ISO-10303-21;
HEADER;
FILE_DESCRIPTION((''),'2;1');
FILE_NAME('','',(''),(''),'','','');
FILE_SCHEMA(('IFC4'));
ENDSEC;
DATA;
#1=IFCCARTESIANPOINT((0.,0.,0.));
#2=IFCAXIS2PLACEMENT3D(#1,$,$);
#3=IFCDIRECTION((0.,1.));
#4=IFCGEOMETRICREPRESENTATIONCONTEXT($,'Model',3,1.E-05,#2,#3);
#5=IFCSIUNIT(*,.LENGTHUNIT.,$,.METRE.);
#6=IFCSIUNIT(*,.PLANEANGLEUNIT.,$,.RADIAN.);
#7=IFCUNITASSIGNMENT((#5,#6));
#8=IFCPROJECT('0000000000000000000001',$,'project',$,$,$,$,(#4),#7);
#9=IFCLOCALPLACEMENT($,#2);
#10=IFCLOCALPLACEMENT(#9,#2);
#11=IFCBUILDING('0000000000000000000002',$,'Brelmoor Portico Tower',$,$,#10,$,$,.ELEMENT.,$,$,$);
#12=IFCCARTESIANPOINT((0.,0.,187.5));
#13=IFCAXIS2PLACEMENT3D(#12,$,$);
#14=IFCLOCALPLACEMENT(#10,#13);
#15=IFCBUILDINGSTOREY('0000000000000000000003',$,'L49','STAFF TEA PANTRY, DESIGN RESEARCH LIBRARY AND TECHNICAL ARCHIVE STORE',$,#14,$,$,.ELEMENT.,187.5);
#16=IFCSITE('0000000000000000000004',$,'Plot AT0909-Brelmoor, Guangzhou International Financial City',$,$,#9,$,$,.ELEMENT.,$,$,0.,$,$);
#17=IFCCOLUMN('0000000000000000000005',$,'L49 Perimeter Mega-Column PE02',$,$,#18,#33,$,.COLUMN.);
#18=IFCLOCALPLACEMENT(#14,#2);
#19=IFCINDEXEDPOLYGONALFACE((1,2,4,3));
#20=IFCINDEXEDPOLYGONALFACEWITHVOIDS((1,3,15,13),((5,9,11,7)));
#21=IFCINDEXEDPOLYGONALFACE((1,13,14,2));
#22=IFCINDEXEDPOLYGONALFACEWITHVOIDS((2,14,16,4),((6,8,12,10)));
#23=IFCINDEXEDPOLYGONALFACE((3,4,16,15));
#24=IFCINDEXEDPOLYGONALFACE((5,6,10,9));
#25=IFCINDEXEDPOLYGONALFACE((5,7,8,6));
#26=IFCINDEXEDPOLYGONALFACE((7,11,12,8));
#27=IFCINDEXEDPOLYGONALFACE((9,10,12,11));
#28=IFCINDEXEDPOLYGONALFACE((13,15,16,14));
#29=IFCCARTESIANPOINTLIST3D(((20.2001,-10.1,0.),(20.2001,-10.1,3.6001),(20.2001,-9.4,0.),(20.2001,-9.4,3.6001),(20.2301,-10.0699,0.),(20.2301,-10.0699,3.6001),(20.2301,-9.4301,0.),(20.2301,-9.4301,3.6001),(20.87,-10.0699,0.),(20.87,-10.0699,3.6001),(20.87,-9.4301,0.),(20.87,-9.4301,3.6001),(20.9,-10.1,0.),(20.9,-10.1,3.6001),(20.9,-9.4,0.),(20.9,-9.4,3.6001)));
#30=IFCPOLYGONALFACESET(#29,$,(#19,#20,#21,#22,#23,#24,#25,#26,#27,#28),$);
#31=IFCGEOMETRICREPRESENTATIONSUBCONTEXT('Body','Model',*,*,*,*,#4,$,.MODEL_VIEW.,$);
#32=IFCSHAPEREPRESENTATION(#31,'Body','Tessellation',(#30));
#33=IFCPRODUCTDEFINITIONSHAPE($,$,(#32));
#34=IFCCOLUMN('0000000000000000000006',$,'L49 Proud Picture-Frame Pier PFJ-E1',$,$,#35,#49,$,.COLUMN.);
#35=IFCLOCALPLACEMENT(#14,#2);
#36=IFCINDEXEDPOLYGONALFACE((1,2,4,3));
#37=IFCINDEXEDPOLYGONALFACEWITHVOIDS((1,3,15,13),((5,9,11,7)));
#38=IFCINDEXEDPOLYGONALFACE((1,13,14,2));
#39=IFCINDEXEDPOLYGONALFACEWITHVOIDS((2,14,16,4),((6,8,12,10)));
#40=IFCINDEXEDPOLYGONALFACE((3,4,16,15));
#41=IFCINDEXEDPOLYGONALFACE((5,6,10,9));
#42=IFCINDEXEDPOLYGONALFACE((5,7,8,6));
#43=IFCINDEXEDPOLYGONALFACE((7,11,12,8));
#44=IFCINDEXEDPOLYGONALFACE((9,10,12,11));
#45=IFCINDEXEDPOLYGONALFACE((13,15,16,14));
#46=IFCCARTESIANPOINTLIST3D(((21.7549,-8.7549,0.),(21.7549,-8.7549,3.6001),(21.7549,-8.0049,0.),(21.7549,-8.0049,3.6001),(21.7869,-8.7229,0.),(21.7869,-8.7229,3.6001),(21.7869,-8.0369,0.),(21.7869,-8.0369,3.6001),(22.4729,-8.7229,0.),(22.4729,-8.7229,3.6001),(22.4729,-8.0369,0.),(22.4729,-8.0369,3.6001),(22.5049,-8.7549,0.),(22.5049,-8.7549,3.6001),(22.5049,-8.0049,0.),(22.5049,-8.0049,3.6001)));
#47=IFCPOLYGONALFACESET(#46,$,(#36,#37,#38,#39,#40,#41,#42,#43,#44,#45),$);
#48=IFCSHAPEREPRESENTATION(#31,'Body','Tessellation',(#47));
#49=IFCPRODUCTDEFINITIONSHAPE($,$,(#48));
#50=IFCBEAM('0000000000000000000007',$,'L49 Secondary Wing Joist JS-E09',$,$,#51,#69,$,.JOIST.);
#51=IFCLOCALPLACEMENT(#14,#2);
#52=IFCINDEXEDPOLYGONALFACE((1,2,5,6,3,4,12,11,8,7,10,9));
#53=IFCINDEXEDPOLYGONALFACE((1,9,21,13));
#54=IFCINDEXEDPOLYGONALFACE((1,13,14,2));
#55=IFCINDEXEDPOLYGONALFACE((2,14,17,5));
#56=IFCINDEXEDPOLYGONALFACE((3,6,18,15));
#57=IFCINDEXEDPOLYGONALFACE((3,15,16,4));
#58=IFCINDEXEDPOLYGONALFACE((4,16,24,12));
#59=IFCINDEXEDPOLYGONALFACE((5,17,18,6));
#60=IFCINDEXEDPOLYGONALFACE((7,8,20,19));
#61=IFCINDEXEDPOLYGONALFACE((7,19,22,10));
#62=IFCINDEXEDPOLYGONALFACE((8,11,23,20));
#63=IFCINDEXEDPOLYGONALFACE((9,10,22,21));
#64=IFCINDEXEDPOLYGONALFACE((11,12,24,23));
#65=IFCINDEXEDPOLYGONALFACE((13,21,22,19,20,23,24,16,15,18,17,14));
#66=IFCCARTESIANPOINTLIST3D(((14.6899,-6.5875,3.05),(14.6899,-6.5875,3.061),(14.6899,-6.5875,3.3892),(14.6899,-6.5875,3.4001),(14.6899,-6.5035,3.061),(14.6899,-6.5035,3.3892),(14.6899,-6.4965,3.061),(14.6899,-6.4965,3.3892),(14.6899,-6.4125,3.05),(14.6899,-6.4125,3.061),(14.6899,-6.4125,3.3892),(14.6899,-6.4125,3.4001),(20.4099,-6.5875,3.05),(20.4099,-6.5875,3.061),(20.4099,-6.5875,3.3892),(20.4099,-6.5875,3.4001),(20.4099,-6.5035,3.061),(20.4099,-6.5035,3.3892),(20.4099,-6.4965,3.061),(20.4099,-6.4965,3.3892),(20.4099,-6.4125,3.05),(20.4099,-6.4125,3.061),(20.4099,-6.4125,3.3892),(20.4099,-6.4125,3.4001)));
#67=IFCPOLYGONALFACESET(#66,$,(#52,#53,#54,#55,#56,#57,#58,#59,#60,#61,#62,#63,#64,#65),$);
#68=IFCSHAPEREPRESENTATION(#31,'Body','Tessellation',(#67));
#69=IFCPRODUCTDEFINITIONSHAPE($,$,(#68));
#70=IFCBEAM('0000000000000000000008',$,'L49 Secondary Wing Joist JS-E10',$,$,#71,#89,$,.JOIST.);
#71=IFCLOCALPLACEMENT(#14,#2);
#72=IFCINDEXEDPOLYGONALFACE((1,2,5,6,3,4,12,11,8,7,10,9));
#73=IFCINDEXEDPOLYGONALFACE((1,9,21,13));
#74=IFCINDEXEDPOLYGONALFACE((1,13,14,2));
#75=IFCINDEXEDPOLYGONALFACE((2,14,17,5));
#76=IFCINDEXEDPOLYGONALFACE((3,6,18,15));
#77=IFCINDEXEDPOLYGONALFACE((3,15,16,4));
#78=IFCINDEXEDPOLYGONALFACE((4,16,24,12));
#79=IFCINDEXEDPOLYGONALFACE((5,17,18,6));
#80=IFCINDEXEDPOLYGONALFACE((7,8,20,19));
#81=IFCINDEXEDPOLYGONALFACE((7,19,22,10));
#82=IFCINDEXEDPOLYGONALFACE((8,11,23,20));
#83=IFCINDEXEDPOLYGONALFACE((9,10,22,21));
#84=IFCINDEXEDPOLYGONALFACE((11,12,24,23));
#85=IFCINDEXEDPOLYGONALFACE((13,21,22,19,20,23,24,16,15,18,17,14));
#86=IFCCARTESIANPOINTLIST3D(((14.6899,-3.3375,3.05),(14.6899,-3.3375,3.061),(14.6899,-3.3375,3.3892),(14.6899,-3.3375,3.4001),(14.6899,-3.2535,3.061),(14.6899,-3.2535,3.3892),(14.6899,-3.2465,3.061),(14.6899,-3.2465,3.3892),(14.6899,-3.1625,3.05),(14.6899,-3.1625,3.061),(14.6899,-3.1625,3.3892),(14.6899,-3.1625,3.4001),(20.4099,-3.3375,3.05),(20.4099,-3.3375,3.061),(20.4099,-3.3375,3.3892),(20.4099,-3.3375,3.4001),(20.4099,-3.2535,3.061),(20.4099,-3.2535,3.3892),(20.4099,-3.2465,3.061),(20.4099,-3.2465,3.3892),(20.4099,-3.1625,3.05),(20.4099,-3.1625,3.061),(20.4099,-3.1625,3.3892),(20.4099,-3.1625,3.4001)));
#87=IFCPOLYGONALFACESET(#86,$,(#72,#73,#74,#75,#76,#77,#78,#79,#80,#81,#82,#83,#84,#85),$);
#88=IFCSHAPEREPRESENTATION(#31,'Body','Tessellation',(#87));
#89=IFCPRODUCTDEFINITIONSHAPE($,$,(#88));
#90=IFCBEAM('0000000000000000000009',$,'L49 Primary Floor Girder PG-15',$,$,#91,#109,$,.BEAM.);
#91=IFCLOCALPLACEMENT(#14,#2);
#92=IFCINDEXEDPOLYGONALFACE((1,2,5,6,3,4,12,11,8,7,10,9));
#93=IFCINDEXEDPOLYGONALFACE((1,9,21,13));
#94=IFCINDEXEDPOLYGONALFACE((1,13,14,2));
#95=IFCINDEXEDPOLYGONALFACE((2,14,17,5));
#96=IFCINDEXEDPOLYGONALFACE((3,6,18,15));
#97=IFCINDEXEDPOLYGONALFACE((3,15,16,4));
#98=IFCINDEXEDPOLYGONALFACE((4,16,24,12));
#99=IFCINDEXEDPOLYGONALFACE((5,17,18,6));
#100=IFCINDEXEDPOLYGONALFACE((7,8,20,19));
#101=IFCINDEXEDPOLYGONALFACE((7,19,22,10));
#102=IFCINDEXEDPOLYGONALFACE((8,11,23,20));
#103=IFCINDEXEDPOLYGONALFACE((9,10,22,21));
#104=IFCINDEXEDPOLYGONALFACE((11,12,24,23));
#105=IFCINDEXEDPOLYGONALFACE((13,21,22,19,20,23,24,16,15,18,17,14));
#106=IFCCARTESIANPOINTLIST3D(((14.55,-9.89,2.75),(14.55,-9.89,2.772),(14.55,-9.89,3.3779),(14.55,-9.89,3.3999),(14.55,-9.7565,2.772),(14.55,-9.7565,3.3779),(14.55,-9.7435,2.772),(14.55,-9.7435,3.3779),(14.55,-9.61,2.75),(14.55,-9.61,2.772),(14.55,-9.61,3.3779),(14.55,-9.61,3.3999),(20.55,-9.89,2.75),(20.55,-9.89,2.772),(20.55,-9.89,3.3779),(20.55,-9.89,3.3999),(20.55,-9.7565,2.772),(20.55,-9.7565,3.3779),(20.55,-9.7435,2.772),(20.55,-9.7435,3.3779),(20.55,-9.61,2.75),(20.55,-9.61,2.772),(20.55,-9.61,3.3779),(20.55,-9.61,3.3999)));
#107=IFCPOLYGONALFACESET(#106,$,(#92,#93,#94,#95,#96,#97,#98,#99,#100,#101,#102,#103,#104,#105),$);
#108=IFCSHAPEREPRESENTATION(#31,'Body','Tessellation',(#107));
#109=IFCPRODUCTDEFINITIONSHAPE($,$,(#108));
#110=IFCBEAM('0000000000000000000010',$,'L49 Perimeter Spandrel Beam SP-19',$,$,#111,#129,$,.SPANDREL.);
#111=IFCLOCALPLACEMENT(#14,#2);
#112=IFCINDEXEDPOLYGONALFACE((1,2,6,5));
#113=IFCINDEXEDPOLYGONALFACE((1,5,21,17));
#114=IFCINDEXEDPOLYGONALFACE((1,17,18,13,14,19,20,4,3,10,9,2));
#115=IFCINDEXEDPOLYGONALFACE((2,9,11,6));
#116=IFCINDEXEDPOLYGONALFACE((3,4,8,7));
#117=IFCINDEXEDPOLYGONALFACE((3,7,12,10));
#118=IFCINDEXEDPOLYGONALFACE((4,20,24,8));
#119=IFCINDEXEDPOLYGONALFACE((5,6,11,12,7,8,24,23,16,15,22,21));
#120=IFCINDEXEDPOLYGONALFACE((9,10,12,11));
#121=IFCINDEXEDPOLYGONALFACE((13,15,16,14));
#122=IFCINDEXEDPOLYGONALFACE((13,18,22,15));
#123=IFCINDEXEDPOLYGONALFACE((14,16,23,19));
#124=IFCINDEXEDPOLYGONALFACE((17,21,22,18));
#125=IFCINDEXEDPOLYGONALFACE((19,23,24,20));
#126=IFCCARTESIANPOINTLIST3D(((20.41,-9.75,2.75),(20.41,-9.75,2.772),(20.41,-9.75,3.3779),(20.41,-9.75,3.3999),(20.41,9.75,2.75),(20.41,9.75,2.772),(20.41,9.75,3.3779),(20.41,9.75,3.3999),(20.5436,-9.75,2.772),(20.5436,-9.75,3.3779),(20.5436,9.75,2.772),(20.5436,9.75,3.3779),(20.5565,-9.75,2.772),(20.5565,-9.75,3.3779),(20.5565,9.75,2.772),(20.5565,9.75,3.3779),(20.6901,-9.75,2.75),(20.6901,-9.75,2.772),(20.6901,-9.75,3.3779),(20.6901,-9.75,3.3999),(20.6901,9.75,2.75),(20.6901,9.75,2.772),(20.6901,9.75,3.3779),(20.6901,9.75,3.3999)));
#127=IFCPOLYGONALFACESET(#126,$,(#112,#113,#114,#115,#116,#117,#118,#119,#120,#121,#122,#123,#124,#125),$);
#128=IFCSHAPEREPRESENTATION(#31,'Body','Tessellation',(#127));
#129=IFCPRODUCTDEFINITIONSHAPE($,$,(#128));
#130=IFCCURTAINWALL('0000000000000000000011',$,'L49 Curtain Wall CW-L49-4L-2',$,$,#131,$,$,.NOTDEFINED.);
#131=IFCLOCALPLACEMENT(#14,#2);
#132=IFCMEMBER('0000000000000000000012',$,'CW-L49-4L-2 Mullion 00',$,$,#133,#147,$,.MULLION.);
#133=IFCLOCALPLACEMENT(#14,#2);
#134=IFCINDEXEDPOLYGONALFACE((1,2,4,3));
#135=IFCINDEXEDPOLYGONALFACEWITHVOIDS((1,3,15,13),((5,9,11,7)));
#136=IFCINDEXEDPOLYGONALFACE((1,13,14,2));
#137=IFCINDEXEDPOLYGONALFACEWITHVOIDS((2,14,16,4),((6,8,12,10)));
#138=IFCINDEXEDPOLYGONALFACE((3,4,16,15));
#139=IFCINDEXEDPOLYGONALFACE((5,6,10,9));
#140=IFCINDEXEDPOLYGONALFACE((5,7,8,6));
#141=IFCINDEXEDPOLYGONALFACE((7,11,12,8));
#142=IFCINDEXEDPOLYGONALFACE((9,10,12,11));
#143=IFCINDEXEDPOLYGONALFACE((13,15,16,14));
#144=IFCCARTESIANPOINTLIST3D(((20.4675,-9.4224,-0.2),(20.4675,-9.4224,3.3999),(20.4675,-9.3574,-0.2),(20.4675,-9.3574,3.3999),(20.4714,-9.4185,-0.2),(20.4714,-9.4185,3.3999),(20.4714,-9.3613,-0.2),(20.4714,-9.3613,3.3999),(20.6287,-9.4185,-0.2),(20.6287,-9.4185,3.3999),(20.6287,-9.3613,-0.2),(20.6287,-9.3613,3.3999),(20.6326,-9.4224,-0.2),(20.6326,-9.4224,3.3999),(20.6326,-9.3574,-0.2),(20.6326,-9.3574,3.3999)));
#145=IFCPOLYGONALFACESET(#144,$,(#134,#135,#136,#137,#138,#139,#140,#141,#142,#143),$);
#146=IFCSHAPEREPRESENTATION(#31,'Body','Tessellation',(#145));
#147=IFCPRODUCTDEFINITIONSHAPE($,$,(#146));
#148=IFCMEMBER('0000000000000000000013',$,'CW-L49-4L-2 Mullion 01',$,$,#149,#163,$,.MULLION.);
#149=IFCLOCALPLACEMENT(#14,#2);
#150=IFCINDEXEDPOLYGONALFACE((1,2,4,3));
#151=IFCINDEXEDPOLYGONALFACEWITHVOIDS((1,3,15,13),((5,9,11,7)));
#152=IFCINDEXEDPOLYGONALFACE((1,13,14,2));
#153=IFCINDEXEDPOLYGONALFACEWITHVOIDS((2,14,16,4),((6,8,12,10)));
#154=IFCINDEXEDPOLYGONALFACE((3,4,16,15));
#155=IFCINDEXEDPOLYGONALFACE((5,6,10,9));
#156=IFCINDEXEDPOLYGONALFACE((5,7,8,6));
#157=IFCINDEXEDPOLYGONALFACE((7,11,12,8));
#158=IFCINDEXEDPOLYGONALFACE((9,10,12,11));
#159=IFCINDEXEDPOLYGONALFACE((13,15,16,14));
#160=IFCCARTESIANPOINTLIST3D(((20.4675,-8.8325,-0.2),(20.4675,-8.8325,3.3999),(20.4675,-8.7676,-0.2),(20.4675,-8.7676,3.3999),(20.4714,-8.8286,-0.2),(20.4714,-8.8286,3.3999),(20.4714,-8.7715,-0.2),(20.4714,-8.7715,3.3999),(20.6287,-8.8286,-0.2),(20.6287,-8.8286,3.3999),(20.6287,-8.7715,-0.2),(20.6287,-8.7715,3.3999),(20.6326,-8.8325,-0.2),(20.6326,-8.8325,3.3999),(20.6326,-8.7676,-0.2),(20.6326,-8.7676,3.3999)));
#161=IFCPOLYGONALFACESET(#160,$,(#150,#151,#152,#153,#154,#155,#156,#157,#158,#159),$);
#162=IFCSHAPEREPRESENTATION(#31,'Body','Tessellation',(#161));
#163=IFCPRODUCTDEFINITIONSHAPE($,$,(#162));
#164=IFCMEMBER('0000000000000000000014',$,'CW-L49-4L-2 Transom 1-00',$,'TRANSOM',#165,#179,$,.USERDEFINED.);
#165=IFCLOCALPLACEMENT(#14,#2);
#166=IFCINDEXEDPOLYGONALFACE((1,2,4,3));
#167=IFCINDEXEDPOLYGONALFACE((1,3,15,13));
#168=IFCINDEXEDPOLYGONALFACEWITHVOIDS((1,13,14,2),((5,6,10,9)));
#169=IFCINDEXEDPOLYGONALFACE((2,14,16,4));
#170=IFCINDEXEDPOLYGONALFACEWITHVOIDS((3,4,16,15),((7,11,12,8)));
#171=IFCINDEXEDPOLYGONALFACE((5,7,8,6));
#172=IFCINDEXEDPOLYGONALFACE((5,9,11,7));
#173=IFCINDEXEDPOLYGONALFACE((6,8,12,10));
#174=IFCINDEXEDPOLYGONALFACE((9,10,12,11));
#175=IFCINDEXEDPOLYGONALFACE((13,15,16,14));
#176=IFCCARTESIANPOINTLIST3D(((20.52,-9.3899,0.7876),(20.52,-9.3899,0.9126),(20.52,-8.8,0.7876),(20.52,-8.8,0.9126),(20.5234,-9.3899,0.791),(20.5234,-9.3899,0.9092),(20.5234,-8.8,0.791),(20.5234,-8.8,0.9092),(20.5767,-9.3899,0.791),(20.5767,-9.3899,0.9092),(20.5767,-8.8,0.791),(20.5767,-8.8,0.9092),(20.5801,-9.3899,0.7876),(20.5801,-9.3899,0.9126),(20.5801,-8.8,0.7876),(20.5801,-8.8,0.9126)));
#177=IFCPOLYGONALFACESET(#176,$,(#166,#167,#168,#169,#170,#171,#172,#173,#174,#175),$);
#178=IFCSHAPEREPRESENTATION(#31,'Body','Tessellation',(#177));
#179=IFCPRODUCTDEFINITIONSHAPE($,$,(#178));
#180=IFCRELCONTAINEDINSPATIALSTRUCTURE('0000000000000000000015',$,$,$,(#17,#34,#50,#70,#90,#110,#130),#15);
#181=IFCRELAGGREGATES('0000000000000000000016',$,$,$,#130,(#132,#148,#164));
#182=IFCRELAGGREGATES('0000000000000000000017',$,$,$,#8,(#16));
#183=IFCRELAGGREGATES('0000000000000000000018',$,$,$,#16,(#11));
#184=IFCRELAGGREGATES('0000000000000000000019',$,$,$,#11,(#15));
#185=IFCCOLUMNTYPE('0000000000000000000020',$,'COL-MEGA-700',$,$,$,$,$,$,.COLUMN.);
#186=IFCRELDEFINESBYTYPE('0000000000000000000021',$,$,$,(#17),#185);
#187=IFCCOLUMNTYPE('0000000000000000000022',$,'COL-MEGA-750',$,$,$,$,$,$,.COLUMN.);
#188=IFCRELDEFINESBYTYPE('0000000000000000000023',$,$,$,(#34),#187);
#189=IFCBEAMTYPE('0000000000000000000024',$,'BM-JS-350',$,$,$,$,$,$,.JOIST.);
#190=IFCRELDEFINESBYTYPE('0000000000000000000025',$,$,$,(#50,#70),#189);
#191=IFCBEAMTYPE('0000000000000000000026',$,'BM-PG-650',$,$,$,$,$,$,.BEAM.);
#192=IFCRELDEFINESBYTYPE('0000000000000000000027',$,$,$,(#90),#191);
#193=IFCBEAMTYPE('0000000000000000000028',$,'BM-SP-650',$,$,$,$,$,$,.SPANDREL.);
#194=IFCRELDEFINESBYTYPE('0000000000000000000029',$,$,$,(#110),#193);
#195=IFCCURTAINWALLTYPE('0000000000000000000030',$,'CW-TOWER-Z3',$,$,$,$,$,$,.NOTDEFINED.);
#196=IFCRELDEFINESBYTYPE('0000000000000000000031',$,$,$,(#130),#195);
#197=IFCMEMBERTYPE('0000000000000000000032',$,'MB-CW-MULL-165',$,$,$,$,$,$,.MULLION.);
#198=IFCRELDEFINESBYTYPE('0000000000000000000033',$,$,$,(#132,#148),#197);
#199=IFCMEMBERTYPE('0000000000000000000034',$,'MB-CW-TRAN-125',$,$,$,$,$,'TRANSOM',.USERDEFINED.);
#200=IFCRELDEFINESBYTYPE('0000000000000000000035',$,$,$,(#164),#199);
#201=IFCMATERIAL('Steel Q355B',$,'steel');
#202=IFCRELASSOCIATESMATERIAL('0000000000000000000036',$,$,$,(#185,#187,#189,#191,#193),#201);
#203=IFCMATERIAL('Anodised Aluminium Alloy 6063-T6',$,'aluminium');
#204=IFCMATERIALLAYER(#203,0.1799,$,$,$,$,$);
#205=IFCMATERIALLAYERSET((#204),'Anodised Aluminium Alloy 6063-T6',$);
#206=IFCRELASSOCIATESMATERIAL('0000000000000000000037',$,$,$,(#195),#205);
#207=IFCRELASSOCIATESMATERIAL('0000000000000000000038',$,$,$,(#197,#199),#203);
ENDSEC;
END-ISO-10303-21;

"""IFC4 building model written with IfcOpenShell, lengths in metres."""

from ifc_helpers import new_model, si_unit, direction, frame, origin, origin_2d, place, context, subcontext, project, spatial, hollow_rectangle, i_section, extrude, material, layer, layer_set, material_profile, profile_set, type_object, element, aggregate, save


model = new_model("IFC4")

# Units and contexts
model_context = context("Model", 3, precision=1e-05, world=origin(), true_north=direction((0.0, 1.0)))
body_context = subcontext(model_context, "Body", "Model", "MODEL_VIEW")
ifc_project = project(units=[si_unit("LENGTHUNIT", "METRE"), si_unit("PLANEANGLEUNIT", "RADIAN")], contexts=[model_context])

# Site, building, storey
site_placement = place(None, origin())
site = spatial("IfcSite", under=ifc_project, at=site_placement, Name="Plot AT0909-Brelmoor, Guangzhou International Financial City", CompositionType="ELEMENT", RefElevation=0.0)
building_placement = place(site_placement, origin())
building = spatial("IfcBuilding", under=site, at=building_placement, Name="Brelmoor Portico Tower", CompositionType="ELEMENT")
storey_placement = place(building_placement, frame((0.0, 0.0, 187.5)))
storey = spatial("IfcBuildingStorey", under=building, at=storey_placement, Name="L49", Description="STAFF TEA PANTRY, DESIGN RESEARCH LIBRARY AND TECHNICAL ARCHIVE STORE", CompositionType="ELEMENT", Elevation=187.5)

# Columns
ifc_material_1 = material(Name="Steel Q355B", Category="steel")
ifc_material_profile_1 = material_profile(ifc_material_1, hollow_rectangle(XDim=0.7, YDim=0.7, WallThickness=0.03, at=origin_2d()), Name="BOX 700x700x30")
ifc_profile_set_1 = profile_set([ifc_material_profile_1], Name="Steel Q355B")
column_type_1 = type_object("IfcColumnType", Name="COL-MEGA-700", PredefinedType="COLUMN", material=ifc_profile_set_1)
column_1_placement = place(storey_placement, frame((20.55, -9.75, 0.0), z_axis=(0.0, 0.0, 1.0), x_axis=(0.0, 1.0, 0.0)))
element("IfcColumn", 1, at=column_1_placement, inside=storey, type_object=column_type_1, Name="L49 Perimeter Mega-Column PE02", PredefinedType="COLUMN", context=body_context, shape_type="SweptSolid", body=[
    extrude(hollow_rectangle(XDim=0.7, YDim=0.7, WallThickness=0.03, at=origin_2d()), origin(), (0.0, 0.0, 1.0), 3.6001),
])
ifc_material_profile_2 = material_profile(ifc_material_1, hollow_rectangle(XDim=0.75, YDim=0.75, WallThickness=0.032, at=origin_2d()), Name="BOX 750x750x32")
ifc_profile_set_2 = profile_set([ifc_material_profile_2], Name="Steel Q355B")
column_type_2 = type_object("IfcColumnType", Name="COL-MEGA-750", PredefinedType="COLUMN", material=ifc_profile_set_2)
column_2_placement = place(storey_placement, frame((22.1299, -8.3799, 0.0), z_axis=(0.0, 0.0, 1.0), x_axis=(0.0, 1.0, 0.0)))
element("IfcColumn", 2, at=column_2_placement, inside=storey, type_object=column_type_2, Name="L49 Proud Picture-Frame Pier PFJ-E1", PredefinedType="COLUMN", context=body_context, shape_type="SweptSolid", body=[
    extrude(hollow_rectangle(XDim=0.75, YDim=0.75, WallThickness=0.032, at=origin_2d()), origin(), (0.0, 0.0, 1.0), 3.6001),
])

# Beams
ifc_material_profile_3 = material_profile(ifc_material_1, i_section(OverallWidth=0.175, OverallDepth=0.3501, WebThickness=0.0071, FlangeThickness=0.011, at=origin_2d()), Name="HN 350x175x7x11")
ifc_profile_set_3 = profile_set([ifc_material_profile_3], Name="Steel Q355B")
beam_type_1 = type_object("IfcBeamType", Name="BM-JS-350", PredefinedType="JOIST", material=ifc_profile_set_3)
for number, where, z_axis, x_axis, name in (
    (3, (14.6899, -6.5, 3.2251), (1.0, 0.0, 0.0), (0.0, 1.0, 0.0), "L49 Secondary Wing Joist JS-E09"),
    (4, (14.6899, -3.25, 3.2251), (1.0, 0.0, 0.0), (0.0, 1.0, 0.0), "L49 Secondary Wing Joist JS-E10"),
):
    element("IfcBeam", number, at=place(storey_placement, frame(where, z_axis=z_axis, x_axis=x_axis)), inside=storey, type_object=beam_type_1, Name=name, PredefinedType="JOIST", context=body_context, shape_type="SweptSolid", body=[
        extrude(i_section(OverallWidth=0.175, OverallDepth=0.3501, WebThickness=0.0071, FlangeThickness=0.011, at=origin_2d()), origin(), (0.0, 0.0, 1.0), 5.72),
    ])
ifc_material_profile_4 = material_profile(ifc_material_1, i_section(OverallWidth=0.28, OverallDepth=0.6499, WebThickness=0.0129, FlangeThickness=0.022, at=origin_2d()), Name="HN 650x280x13x22")
ifc_profile_set_4 = profile_set([ifc_material_profile_4], Name="Steel Q355B")
beam_type_2 = type_object("IfcBeamType", Name="BM-PG-650", PredefinedType="BEAM", material=ifc_profile_set_4)
beam_1_placement = place(storey_placement, frame((14.55, -9.75, 3.075), z_axis=(1.0, 0.0, 0.0), x_axis=(0.0, 1.0, 0.0)))
element("IfcBeam", 5, at=beam_1_placement, inside=storey, type_object=beam_type_2, Name="L49 Primary Floor Girder PG-15", PredefinedType="BEAM", context=body_context, shape_type="SweptSolid", body=[
    extrude(i_section(OverallWidth=0.28, OverallDepth=0.6499, WebThickness=0.0129, FlangeThickness=0.022, at=origin_2d()), origin(), (0.0, 0.0, 1.0), 6.0),
])
ifc_material_profile_5 = material_profile(ifc_material_1, i_section(OverallWidth=0.28, OverallDepth=0.6499, WebThickness=0.0129, FlangeThickness=0.022, at=origin_2d()), Name="HN 650x280x13x22")
ifc_profile_set_5 = profile_set([ifc_material_profile_5], Name="Steel Q355B")
beam_type_3 = type_object("IfcBeamType", Name="BM-SP-650", PredefinedType="SPANDREL", material=ifc_profile_set_5)
beam_2_placement = place(storey_placement, frame((20.55, -9.75, 3.075), z_axis=(0.0, 1.0, 0.0), x_axis=(-1.0, 0.0, 0.0)))
element("IfcBeam", 6, at=beam_2_placement, inside=storey, type_object=beam_type_3, Name="L49 Perimeter Spandrel Beam SP-19", PredefinedType="SPANDREL", context=body_context, shape_type="SweptSolid", body=[
    extrude(i_section(OverallWidth=0.28, OverallDepth=0.6499, WebThickness=0.0129, FlangeThickness=0.022, at=origin_2d()), origin(), (0.0, 0.0, 1.0), 19.5),
])

# Curtain wall, members
ifc_material_2 = material(Name="Anodised Aluminium Alloy 6063-T6", Category="aluminium")
ifc_layer_1 = layer(ifc_material_2, 0.1799)
ifc_layer_set_1 = layer_set([ifc_layer_1], Name="Anodised Aluminium Alloy 6063-T6")
curtain_wall_type = type_object("IfcCurtainWallType", Name="CW-TOWER-Z3", PredefinedType="NOTDEFINED", material=ifc_layer_set_1)
curtain_wall_placement = place(storey_placement, origin())
curtain_wall = element("IfcCurtainWall", 7, at=curtain_wall_placement, inside=storey, type_object=curtain_wall_type, Name="L49 Curtain Wall CW-L49-4L-2", PredefinedType="NOTDEFINED")
ifc_material_profile_6 = material_profile(ifc_material_2, hollow_rectangle(XDim=0.0649, YDim=0.165, WallThickness=0.0039, at=origin_2d()), Name="ALU MULLION 65x165")
ifc_profile_set_6 = profile_set([ifc_material_profile_6], Name="Anodised Aluminium Alloy 6063-T6")
member_type_1 = type_object("IfcMemberType", Name="MB-CW-MULL-165", PredefinedType="MULLION", material=ifc_profile_set_6)
member_1_placement = place(storey_placement, frame((20.55, -9.3899, -0.2), z_axis=(0.0, 0.0, 1.0), x_axis=(0.0, 1.0, 0.0)))
member_1 = element("IfcMember", 8, at=member_1_placement, type_object=member_type_1, Name="CW-L49-4L-2 Mullion 00", PredefinedType="MULLION", context=body_context, shape_type="SweptSolid", body=[
    extrude(hollow_rectangle(XDim=0.0649, YDim=0.165, WallThickness=0.0039, at=origin_2d()), origin(), (0.0, 0.0, 1.0), 3.5999),
])
member_2_placement = place(storey_placement, frame((20.55, -8.8, -0.2), z_axis=(0.0, 0.0, 1.0), x_axis=(0.0, 1.0, 0.0)))
member_2 = element("IfcMember", 9, at=member_2_placement, type_object=member_type_1, Name="CW-L49-4L-2 Mullion 01", PredefinedType="MULLION", context=body_context, shape_type="SweptSolid", body=[
    extrude(hollow_rectangle(XDim=0.0649, YDim=0.165, WallThickness=0.0039, at=origin_2d()), origin(), (0.0, 0.0, 1.0), 3.5999),
])
ifc_material_profile_7 = material_profile(ifc_material_2, hollow_rectangle(XDim=0.0601, YDim=0.125, WallThickness=0.0034, at=origin_2d()), Name="ALU TRANSOM 60x125")
ifc_profile_set_7 = profile_set([ifc_material_profile_7], Name="Anodised Aluminium Alloy 6063-T6")
member_type_2 = type_object("IfcMemberType", Name="MB-CW-TRAN-125", ElementType="TRANSOM", PredefinedType="USERDEFINED", material=ifc_profile_set_7)
member_3_placement = place(storey_placement, frame((20.55, -9.3899, 0.8501), z_axis=(0.0, 1.0, 0.0), x_axis=(-1.0, 0.0, 0.0)))
member_3 = element("IfcMember", 10, at=member_3_placement, type_object=member_type_2, Name="CW-L49-4L-2 Transom 1-00", ObjectType="TRANSOM", PredefinedType="USERDEFINED", context=body_context, shape_type="SweptSolid", body=[
    extrude(hollow_rectangle(XDim=0.0601, YDim=0.125, WallThickness=0.0034, at=origin_2d()), origin(), (0.0, 0.0, 1.0), 0.5898),
])

aggregate(curtain_wall, [member_1, member_2, member_3])

save(model, "model.ifc")
